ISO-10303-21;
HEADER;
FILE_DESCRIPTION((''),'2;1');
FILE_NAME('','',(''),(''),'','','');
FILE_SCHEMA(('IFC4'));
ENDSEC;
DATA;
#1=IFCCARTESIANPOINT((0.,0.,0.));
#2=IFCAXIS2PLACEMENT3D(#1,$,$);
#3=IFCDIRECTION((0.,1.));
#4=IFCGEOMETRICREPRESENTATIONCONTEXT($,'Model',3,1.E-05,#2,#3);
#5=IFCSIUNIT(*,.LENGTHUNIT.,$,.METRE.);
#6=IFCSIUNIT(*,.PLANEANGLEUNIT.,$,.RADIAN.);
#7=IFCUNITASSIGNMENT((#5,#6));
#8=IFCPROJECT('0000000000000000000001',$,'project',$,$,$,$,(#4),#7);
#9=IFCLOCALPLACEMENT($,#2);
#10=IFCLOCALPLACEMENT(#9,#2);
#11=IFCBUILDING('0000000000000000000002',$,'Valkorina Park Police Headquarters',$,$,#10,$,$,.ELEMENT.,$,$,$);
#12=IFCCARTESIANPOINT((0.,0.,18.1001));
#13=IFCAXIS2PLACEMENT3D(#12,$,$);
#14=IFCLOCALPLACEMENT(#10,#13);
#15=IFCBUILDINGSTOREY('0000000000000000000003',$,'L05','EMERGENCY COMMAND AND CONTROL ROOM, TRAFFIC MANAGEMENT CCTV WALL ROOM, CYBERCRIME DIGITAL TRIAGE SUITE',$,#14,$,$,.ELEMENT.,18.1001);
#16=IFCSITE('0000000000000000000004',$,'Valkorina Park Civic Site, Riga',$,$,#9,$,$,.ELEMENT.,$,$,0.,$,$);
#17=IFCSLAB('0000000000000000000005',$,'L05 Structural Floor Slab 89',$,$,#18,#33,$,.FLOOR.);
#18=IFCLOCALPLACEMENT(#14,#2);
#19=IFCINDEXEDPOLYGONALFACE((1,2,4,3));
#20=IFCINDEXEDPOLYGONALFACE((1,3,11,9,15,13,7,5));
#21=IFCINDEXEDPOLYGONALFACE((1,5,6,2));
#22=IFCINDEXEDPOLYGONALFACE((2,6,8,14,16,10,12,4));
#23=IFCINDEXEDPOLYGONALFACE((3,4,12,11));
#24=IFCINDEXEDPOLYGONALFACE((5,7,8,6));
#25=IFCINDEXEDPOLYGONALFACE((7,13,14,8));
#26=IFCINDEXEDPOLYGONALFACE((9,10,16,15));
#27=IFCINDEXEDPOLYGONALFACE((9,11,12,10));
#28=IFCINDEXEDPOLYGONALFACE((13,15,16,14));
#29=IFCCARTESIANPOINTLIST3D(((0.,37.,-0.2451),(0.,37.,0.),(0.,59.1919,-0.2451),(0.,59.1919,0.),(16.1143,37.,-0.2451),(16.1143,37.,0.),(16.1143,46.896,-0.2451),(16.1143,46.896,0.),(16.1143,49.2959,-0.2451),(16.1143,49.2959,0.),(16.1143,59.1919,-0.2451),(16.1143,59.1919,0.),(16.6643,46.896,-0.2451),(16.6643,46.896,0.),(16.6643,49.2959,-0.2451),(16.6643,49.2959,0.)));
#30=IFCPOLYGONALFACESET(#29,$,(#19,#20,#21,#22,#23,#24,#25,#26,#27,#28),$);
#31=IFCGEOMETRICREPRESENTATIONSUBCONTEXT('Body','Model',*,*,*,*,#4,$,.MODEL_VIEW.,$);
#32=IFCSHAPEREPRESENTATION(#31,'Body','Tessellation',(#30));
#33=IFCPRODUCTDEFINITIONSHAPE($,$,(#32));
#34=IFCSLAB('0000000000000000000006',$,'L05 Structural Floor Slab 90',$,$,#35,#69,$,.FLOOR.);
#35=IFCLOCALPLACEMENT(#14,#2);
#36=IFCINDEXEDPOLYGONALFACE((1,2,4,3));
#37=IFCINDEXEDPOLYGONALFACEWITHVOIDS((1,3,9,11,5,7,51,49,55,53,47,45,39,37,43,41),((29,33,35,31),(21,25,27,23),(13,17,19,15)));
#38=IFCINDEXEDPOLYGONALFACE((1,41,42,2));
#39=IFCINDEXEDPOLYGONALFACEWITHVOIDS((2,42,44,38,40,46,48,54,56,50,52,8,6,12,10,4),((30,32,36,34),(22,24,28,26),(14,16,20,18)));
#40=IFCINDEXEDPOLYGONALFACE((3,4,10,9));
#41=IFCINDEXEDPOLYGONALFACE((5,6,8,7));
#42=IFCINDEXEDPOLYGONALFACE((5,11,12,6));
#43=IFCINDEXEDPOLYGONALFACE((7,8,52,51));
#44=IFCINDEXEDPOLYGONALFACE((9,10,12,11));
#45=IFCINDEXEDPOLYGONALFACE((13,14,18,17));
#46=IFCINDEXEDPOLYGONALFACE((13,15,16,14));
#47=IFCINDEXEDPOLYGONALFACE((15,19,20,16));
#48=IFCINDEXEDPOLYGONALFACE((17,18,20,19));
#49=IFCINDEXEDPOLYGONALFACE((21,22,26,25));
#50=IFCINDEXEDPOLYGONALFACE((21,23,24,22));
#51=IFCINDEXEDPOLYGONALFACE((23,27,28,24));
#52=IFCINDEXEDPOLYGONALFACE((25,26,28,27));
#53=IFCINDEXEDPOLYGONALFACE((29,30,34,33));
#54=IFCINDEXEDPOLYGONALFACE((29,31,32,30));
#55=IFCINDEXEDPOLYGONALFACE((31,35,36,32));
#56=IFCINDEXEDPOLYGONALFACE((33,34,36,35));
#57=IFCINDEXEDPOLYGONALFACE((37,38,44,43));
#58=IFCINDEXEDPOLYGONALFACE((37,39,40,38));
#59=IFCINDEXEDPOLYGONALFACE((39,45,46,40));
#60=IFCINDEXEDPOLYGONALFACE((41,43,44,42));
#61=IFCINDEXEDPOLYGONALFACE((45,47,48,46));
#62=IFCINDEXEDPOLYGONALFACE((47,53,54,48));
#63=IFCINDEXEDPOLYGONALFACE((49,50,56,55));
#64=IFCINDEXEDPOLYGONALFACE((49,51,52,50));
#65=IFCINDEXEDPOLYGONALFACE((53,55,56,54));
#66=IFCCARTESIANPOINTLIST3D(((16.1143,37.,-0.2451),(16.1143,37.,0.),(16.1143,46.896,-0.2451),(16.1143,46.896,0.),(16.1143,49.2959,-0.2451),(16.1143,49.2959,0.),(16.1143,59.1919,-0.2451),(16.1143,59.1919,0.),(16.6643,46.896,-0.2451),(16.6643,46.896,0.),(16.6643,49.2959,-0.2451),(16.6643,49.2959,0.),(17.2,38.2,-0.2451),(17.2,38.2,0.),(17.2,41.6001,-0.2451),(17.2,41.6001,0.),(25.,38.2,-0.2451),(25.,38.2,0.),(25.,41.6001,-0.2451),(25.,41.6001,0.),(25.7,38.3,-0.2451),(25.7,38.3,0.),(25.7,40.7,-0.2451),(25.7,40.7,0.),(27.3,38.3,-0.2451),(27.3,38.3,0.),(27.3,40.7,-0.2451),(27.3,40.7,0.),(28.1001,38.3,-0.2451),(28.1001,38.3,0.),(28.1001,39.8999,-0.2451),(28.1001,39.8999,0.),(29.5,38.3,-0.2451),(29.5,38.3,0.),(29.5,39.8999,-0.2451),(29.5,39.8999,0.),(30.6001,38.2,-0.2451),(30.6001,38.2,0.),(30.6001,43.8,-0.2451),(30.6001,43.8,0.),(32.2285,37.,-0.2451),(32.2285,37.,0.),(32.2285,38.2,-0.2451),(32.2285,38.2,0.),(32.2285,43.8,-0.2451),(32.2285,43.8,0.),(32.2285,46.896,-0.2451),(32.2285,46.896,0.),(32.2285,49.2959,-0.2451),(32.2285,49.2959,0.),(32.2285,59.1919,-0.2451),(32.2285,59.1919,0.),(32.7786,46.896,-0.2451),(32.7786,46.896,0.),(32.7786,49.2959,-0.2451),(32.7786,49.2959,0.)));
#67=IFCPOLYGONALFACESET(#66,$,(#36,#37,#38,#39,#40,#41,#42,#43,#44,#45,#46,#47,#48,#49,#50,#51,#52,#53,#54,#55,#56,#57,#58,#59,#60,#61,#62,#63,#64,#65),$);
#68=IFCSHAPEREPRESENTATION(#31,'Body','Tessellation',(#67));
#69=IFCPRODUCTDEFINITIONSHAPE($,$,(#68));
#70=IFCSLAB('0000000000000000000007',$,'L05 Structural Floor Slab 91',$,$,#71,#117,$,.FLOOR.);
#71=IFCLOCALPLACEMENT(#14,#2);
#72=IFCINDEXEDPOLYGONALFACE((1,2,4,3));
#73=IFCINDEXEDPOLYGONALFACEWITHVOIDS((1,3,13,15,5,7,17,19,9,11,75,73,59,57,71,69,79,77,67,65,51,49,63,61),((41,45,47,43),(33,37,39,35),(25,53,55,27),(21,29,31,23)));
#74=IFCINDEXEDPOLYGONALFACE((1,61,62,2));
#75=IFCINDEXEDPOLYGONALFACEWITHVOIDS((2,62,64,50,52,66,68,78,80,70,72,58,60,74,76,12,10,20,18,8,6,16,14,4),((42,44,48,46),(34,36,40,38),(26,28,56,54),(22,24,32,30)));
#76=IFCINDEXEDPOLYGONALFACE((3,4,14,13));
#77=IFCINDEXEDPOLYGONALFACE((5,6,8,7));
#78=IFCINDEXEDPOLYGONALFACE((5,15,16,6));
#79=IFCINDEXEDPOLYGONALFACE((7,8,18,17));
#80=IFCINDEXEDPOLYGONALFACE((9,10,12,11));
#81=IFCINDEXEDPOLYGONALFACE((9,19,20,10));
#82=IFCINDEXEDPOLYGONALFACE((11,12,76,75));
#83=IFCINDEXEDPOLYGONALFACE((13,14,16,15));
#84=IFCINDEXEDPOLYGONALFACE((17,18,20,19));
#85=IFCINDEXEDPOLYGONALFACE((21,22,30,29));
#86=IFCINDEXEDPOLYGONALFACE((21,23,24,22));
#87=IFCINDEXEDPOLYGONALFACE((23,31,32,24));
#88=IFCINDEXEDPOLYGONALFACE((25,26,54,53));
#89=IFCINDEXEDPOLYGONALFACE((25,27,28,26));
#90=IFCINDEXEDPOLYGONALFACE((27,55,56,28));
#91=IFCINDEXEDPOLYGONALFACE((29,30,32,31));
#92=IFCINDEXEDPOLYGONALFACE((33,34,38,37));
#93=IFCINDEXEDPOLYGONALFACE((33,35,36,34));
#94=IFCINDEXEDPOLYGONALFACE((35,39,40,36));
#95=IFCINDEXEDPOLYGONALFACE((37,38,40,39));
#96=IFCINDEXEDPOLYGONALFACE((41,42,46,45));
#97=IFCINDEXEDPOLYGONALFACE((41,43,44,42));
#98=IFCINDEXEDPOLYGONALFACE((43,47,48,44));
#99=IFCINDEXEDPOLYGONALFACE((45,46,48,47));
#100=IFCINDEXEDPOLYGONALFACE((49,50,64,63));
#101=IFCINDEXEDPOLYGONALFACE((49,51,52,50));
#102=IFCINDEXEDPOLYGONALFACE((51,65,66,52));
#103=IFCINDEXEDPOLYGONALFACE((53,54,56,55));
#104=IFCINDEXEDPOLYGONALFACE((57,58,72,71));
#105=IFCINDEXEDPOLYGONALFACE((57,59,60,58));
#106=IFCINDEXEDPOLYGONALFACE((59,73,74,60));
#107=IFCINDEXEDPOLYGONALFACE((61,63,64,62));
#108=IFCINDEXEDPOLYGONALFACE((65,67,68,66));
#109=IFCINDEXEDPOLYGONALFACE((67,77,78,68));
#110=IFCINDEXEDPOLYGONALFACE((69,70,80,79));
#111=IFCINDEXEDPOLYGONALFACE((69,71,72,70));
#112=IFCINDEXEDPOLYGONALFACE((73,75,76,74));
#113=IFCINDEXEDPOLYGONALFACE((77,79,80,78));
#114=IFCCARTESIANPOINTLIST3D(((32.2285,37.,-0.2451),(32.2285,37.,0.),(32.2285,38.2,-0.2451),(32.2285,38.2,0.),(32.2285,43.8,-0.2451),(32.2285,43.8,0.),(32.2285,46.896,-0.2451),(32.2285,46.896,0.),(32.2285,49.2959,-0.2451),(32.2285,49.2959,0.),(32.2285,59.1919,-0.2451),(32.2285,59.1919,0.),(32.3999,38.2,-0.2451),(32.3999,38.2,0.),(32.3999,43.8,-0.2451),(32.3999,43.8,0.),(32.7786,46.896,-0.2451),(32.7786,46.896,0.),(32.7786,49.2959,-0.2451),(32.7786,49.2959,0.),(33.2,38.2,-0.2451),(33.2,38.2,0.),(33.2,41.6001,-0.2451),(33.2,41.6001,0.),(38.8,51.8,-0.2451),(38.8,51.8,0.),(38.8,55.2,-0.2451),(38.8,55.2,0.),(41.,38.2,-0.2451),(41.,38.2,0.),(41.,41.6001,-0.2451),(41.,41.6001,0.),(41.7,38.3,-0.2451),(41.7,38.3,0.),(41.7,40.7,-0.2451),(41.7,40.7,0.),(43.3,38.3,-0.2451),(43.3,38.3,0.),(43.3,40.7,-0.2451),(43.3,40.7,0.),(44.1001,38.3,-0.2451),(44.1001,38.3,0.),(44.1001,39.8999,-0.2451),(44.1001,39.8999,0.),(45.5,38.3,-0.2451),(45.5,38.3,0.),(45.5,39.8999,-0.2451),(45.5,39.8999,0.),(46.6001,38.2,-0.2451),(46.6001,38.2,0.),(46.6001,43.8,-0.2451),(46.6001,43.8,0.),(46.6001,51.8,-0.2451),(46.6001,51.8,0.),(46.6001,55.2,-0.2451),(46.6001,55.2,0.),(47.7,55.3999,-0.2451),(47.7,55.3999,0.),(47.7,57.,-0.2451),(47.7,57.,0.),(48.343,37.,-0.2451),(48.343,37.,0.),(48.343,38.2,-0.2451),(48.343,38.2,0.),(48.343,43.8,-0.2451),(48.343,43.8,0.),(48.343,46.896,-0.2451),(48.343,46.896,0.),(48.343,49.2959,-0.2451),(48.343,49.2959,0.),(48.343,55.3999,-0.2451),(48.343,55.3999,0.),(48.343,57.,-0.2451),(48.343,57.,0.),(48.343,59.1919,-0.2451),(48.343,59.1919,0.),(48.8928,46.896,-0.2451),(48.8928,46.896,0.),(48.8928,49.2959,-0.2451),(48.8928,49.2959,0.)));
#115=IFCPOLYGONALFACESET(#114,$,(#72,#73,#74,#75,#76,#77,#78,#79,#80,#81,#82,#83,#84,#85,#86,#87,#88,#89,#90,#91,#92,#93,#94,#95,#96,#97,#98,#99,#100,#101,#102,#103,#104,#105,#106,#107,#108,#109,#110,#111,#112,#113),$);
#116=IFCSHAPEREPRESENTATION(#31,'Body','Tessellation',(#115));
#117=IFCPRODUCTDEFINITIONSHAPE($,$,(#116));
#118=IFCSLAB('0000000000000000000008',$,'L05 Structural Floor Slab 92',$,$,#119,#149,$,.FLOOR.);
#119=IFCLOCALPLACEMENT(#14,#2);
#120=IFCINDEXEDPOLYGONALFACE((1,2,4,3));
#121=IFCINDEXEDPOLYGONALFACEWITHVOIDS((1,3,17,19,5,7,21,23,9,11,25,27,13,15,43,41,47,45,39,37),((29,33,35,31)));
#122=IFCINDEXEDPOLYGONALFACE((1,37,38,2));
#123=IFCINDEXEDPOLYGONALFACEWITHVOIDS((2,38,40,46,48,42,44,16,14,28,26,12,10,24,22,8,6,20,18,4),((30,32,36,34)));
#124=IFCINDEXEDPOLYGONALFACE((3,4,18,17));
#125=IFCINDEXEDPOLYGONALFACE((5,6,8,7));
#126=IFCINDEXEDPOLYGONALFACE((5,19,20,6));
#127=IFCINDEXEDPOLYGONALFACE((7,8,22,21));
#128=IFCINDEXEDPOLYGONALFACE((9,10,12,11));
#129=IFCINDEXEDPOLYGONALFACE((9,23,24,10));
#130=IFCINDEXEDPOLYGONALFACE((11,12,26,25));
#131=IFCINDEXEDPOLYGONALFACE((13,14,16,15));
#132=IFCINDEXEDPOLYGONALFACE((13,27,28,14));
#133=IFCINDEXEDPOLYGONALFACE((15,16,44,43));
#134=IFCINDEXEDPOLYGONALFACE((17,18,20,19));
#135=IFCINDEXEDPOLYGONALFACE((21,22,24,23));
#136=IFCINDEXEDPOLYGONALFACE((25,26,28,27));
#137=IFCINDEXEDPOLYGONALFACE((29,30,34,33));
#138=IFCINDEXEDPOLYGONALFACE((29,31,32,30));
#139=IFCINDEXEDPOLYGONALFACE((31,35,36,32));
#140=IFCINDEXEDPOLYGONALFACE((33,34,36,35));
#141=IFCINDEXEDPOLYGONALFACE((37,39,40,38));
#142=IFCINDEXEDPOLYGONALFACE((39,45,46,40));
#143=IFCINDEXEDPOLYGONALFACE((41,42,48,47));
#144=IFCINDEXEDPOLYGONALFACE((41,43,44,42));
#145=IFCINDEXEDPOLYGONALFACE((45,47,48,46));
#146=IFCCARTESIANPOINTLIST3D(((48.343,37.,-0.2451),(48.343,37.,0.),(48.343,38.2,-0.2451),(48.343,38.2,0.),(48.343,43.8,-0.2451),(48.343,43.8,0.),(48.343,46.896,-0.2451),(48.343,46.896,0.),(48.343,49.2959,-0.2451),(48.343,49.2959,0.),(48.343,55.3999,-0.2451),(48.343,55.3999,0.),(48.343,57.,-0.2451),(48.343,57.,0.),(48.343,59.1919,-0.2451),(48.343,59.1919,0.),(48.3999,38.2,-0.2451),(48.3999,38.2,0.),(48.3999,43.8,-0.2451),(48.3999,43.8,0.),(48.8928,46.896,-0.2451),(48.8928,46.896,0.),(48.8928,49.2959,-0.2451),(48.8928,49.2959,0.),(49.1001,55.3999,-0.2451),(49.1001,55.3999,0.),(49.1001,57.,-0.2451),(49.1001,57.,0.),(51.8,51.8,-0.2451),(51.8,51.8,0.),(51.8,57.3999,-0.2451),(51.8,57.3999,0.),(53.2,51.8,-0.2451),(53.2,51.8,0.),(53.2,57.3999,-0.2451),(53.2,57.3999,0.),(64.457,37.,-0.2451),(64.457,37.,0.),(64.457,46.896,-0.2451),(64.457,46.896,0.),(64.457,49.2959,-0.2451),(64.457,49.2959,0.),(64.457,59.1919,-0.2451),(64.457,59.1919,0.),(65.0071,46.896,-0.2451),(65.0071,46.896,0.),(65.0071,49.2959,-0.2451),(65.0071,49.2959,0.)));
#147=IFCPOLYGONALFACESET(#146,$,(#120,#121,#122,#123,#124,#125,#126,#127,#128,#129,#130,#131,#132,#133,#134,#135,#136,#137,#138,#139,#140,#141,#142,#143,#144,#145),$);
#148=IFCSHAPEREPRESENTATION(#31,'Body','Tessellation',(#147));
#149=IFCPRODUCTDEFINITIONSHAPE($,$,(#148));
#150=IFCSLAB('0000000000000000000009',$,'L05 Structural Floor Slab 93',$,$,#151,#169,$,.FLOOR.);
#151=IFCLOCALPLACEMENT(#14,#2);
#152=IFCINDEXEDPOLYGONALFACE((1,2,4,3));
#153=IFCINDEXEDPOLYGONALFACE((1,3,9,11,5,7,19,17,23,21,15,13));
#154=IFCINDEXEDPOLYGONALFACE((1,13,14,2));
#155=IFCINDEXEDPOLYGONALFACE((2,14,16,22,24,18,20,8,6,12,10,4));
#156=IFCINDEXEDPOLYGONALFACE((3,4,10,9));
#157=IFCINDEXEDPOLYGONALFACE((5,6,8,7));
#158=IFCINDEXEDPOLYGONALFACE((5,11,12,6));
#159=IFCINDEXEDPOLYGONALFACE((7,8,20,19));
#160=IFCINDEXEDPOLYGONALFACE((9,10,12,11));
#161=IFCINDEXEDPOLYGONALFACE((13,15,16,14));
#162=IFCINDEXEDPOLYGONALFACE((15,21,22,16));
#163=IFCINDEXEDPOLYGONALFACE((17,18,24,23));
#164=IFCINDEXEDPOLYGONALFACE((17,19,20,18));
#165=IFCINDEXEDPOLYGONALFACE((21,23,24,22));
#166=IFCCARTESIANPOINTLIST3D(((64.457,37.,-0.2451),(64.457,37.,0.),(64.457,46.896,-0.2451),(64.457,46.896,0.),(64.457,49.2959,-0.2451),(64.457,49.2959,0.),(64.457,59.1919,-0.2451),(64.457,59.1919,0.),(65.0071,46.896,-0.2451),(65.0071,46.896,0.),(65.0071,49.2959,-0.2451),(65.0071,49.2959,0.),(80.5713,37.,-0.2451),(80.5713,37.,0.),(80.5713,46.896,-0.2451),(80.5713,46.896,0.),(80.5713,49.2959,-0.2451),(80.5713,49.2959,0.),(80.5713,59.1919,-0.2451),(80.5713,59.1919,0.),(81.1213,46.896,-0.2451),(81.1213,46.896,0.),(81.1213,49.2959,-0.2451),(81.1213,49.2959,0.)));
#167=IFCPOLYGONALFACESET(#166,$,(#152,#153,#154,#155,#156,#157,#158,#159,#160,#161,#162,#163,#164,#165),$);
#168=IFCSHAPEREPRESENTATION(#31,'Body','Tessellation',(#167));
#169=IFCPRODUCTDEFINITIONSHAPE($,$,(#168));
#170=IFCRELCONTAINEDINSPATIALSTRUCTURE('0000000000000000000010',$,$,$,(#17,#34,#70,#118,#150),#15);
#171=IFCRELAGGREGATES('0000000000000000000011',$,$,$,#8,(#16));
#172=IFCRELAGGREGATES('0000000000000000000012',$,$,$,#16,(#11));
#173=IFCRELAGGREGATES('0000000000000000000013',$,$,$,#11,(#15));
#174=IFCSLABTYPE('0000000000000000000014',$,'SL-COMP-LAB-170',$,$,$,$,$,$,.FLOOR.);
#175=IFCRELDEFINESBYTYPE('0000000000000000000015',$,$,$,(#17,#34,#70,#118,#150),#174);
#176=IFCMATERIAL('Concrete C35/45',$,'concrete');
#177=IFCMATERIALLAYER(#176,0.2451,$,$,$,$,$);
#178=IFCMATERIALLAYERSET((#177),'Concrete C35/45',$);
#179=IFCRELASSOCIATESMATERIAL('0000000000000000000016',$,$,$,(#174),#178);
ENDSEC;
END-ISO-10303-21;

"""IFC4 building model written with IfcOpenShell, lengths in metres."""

from ifc_helpers import new_model, si_unit, direction, frame, origin, place, context, subcontext, project, spatial, polyline, outline, extrude, material, layer, layer_set, type_object, element, save


model = new_model("IFC4")

# Units and contexts
model_context = context("Model", 3, precision=1e-05, world=origin(), true_north=direction((0.0, 1.0)))
body_context = subcontext(model_context, "Body", "Model", "MODEL_VIEW")
ifc_project = project(units=[si_unit("LENGTHUNIT", "METRE"), si_unit("PLANEANGLEUNIT", "RADIAN")], contexts=[model_context])

# Site, building, storey
site_placement = place(None, origin())
site = spatial("IfcSite", under=ifc_project, at=site_placement, Name="Valkorina Park Civic Site, Riga", CompositionType="ELEMENT", RefElevation=0.0)
building_placement = place(site_placement, origin())
building = spatial("IfcBuilding", under=site, at=building_placement, Name="Valkorina Park Police Headquarters", CompositionType="ELEMENT")
storey_placement = place(building_placement, frame((0.0, 0.0, 18.1001)))
storey = spatial("IfcBuildingStorey", under=building, at=storey_placement, Name="L05", Description="EMERGENCY COMMAND AND CONTROL ROOM, TRAFFIC MANAGEMENT CCTV WALL ROOM, CYBERCRIME DIGITAL TRIAGE SUITE", CompositionType="ELEMENT", Elevation=18.1001)

# Slabs
ifc_material_1 = material(Name="Concrete C35/45", Category="concrete")
ifc_layer_1 = layer(ifc_material_1, 0.2451)
ifc_layer_set_1 = layer_set([ifc_layer_1], Name="Concrete C35/45")
slab_type_1 = type_object("IfcSlabType", Name="SL-COMP-LAB-170", PredefinedType="FLOOR", material=ifc_layer_set_1)
slab_1_placement = place(storey_placement, frame((0.0, 0.0, -0.2451)))
element("IfcSlab", 1, at=slab_1_placement, inside=storey, type_object=slab_type_1, Name="L05 Structural Floor Slab 89", PredefinedType="FLOOR", context=body_context, shape_type="SweptSolid", body=[
    extrude(outline(polyline([(16.6643, 49.2959), (16.1143, 49.2959), (16.1143, 59.1919), (0.0, 59.1919), (0.0, 37.0), (16.1143, 37.0), (16.1143, 46.896), (16.6643, 46.896), (16.6643, 49.2959)])), origin(), (0.0, 0.0, 1.0), 0.2451),
])
slab_2_placement = place(storey_placement, frame((0.0, 0.0, -0.2451)))
element("IfcSlab", 2, at=slab_2_placement, inside=storey, type_object=slab_type_1, Name="L05 Structural Floor Slab 90", PredefinedType="FLOOR", context=body_context, shape_type="SweptSolid", body=[
    extrude(outline(polyline([(32.7786, 49.2959), (32.2285, 49.2959), (32.2285, 59.1919), (16.1143, 59.1919), (16.1143, 49.2959), (16.6643, 49.2959), (16.6643, 46.896), (16.1143, 46.896), (16.1143, 37.0), (32.2285, 37.0), (32.2285, 38.2), (30.6001, 38.2), (30.6001, 43.8), (32.2285, 43.8), (32.2285, 46.896), (32.7786, 46.896), (32.7786, 49.2959)]), holes=[polyline([(29.5, 39.8999), (29.5, 38.3), (28.1001, 38.3), (28.1001, 39.8999), (29.5, 39.8999)]), polyline([(27.3, 38.3), (25.7, 38.3), (25.7, 40.7), (27.3, 40.7), (27.3, 38.3)]), polyline([(17.2, 38.2), (17.2, 41.6001), (25.0, 41.6001), (25.0, 38.2), (17.2, 38.2)])]), origin(), (0.0, 0.0, 1.0), 0.2451),
])
slab_3_placement = place(storey_placement, frame((0.0, 0.0, -0.2451)))
element("IfcSlab", 3, at=slab_3_placement, inside=storey, type_object=slab_type_1, Name="L05 Structural Floor Slab 91", PredefinedType="FLOOR", context=body_context, shape_type="SweptSolid", body=[
    extrude(outline(polyline([(48.8928, 49.2959), (48.343, 49.2959), (48.343, 55.3999), (47.7, 55.3999), (47.7, 57.0), (48.343, 57.0), (48.343, 59.1919), (32.2285, 59.1919), (32.2285, 49.2959), (32.7786, 49.2959), (32.7786, 46.896), (32.2285, 46.896), (32.2285, 43.8), (32.3999, 43.8), (32.3999, 38.2), (32.2285, 38.2), (32.2285, 37.0), (48.343, 37.0), (48.343, 38.2), (46.6001, 38.2), (46.6001, 43.8), (48.343, 43.8), (48.343, 46.896), (48.8928, 46.896), (48.8928, 49.2959)]), holes=[polyline([(43.3, 38.3), (41.7, 38.3), (41.7, 40.7), (43.3, 40.7), (43.3, 38.3)]), polyline([(33.2, 38.2), (33.2, 41.6001), (41.0, 41.6001), (41.0, 38.2), (33.2, 38.2)]), polyline([(38.8, 51.8), (38.8, 55.2), (46.6001, 55.2), (46.6001, 51.8), (38.8, 51.8)]), polyline([(45.5, 39.8999), (45.5, 38.3), (44.1001, 38.3), (44.1001, 39.8999), (45.5, 39.8999)])]), origin(), (0.0, 0.0, 1.0), 0.2451),
])
slab_4_placement = place(storey_placement, frame((0.0, 0.0, -0.2451)))
element("IfcSlab", 4, at=slab_4_placement, inside=storey, type_object=slab_type_1, Name="L05 Structural Floor Slab 92", PredefinedType="FLOOR", context=body_context, shape_type="SweptSolid", body=[
    extrude(outline(polyline([(65.0071, 49.2959), (64.457, 49.2959), (64.457, 59.1919), (48.343, 59.1919), (48.343, 57.0), (49.1001, 57.0), (49.1001, 55.3999), (48.343, 55.3999), (48.343, 49.2959), (48.8928, 49.2959), (48.8928, 46.896), (48.343, 46.896), (48.343, 43.8), (48.3999, 43.8), (48.3999, 38.2), (48.343, 38.2), (48.343, 37.0), (64.457, 37.0), (64.457, 46.896), (65.0071, 46.896), (65.0071, 49.2959)]), holes=[polyline([(53.2, 51.8), (51.8, 51.8), (51.8, 57.3999), (53.2, 57.3999), (53.2, 51.8)])]), origin(), (0.0, 0.0, 1.0), 0.2451),
])
slab_5_placement = place(storey_placement, frame((0.0, 0.0, -0.2451)))
element("IfcSlab", 5, at=slab_5_placement, inside=storey, type_object=slab_type_1, Name="L05 Structural Floor Slab 93", PredefinedType="FLOOR", context=body_context, shape_type="SweptSolid", body=[
    extrude(outline(polyline([(81.1213, 49.2959), (80.5713, 49.2959), (80.5713, 59.1919), (64.457, 59.1919), (64.457, 49.2959), (65.0071, 49.2959), (65.0071, 46.896), (64.457, 46.896), (64.457, 37.0), (80.5713, 37.0), (80.5713, 46.896), (81.1213, 46.896), (81.1213, 49.2959)])), origin(), (0.0, 0.0, 1.0), 0.2451),
])

save(model, "model.ifc")
